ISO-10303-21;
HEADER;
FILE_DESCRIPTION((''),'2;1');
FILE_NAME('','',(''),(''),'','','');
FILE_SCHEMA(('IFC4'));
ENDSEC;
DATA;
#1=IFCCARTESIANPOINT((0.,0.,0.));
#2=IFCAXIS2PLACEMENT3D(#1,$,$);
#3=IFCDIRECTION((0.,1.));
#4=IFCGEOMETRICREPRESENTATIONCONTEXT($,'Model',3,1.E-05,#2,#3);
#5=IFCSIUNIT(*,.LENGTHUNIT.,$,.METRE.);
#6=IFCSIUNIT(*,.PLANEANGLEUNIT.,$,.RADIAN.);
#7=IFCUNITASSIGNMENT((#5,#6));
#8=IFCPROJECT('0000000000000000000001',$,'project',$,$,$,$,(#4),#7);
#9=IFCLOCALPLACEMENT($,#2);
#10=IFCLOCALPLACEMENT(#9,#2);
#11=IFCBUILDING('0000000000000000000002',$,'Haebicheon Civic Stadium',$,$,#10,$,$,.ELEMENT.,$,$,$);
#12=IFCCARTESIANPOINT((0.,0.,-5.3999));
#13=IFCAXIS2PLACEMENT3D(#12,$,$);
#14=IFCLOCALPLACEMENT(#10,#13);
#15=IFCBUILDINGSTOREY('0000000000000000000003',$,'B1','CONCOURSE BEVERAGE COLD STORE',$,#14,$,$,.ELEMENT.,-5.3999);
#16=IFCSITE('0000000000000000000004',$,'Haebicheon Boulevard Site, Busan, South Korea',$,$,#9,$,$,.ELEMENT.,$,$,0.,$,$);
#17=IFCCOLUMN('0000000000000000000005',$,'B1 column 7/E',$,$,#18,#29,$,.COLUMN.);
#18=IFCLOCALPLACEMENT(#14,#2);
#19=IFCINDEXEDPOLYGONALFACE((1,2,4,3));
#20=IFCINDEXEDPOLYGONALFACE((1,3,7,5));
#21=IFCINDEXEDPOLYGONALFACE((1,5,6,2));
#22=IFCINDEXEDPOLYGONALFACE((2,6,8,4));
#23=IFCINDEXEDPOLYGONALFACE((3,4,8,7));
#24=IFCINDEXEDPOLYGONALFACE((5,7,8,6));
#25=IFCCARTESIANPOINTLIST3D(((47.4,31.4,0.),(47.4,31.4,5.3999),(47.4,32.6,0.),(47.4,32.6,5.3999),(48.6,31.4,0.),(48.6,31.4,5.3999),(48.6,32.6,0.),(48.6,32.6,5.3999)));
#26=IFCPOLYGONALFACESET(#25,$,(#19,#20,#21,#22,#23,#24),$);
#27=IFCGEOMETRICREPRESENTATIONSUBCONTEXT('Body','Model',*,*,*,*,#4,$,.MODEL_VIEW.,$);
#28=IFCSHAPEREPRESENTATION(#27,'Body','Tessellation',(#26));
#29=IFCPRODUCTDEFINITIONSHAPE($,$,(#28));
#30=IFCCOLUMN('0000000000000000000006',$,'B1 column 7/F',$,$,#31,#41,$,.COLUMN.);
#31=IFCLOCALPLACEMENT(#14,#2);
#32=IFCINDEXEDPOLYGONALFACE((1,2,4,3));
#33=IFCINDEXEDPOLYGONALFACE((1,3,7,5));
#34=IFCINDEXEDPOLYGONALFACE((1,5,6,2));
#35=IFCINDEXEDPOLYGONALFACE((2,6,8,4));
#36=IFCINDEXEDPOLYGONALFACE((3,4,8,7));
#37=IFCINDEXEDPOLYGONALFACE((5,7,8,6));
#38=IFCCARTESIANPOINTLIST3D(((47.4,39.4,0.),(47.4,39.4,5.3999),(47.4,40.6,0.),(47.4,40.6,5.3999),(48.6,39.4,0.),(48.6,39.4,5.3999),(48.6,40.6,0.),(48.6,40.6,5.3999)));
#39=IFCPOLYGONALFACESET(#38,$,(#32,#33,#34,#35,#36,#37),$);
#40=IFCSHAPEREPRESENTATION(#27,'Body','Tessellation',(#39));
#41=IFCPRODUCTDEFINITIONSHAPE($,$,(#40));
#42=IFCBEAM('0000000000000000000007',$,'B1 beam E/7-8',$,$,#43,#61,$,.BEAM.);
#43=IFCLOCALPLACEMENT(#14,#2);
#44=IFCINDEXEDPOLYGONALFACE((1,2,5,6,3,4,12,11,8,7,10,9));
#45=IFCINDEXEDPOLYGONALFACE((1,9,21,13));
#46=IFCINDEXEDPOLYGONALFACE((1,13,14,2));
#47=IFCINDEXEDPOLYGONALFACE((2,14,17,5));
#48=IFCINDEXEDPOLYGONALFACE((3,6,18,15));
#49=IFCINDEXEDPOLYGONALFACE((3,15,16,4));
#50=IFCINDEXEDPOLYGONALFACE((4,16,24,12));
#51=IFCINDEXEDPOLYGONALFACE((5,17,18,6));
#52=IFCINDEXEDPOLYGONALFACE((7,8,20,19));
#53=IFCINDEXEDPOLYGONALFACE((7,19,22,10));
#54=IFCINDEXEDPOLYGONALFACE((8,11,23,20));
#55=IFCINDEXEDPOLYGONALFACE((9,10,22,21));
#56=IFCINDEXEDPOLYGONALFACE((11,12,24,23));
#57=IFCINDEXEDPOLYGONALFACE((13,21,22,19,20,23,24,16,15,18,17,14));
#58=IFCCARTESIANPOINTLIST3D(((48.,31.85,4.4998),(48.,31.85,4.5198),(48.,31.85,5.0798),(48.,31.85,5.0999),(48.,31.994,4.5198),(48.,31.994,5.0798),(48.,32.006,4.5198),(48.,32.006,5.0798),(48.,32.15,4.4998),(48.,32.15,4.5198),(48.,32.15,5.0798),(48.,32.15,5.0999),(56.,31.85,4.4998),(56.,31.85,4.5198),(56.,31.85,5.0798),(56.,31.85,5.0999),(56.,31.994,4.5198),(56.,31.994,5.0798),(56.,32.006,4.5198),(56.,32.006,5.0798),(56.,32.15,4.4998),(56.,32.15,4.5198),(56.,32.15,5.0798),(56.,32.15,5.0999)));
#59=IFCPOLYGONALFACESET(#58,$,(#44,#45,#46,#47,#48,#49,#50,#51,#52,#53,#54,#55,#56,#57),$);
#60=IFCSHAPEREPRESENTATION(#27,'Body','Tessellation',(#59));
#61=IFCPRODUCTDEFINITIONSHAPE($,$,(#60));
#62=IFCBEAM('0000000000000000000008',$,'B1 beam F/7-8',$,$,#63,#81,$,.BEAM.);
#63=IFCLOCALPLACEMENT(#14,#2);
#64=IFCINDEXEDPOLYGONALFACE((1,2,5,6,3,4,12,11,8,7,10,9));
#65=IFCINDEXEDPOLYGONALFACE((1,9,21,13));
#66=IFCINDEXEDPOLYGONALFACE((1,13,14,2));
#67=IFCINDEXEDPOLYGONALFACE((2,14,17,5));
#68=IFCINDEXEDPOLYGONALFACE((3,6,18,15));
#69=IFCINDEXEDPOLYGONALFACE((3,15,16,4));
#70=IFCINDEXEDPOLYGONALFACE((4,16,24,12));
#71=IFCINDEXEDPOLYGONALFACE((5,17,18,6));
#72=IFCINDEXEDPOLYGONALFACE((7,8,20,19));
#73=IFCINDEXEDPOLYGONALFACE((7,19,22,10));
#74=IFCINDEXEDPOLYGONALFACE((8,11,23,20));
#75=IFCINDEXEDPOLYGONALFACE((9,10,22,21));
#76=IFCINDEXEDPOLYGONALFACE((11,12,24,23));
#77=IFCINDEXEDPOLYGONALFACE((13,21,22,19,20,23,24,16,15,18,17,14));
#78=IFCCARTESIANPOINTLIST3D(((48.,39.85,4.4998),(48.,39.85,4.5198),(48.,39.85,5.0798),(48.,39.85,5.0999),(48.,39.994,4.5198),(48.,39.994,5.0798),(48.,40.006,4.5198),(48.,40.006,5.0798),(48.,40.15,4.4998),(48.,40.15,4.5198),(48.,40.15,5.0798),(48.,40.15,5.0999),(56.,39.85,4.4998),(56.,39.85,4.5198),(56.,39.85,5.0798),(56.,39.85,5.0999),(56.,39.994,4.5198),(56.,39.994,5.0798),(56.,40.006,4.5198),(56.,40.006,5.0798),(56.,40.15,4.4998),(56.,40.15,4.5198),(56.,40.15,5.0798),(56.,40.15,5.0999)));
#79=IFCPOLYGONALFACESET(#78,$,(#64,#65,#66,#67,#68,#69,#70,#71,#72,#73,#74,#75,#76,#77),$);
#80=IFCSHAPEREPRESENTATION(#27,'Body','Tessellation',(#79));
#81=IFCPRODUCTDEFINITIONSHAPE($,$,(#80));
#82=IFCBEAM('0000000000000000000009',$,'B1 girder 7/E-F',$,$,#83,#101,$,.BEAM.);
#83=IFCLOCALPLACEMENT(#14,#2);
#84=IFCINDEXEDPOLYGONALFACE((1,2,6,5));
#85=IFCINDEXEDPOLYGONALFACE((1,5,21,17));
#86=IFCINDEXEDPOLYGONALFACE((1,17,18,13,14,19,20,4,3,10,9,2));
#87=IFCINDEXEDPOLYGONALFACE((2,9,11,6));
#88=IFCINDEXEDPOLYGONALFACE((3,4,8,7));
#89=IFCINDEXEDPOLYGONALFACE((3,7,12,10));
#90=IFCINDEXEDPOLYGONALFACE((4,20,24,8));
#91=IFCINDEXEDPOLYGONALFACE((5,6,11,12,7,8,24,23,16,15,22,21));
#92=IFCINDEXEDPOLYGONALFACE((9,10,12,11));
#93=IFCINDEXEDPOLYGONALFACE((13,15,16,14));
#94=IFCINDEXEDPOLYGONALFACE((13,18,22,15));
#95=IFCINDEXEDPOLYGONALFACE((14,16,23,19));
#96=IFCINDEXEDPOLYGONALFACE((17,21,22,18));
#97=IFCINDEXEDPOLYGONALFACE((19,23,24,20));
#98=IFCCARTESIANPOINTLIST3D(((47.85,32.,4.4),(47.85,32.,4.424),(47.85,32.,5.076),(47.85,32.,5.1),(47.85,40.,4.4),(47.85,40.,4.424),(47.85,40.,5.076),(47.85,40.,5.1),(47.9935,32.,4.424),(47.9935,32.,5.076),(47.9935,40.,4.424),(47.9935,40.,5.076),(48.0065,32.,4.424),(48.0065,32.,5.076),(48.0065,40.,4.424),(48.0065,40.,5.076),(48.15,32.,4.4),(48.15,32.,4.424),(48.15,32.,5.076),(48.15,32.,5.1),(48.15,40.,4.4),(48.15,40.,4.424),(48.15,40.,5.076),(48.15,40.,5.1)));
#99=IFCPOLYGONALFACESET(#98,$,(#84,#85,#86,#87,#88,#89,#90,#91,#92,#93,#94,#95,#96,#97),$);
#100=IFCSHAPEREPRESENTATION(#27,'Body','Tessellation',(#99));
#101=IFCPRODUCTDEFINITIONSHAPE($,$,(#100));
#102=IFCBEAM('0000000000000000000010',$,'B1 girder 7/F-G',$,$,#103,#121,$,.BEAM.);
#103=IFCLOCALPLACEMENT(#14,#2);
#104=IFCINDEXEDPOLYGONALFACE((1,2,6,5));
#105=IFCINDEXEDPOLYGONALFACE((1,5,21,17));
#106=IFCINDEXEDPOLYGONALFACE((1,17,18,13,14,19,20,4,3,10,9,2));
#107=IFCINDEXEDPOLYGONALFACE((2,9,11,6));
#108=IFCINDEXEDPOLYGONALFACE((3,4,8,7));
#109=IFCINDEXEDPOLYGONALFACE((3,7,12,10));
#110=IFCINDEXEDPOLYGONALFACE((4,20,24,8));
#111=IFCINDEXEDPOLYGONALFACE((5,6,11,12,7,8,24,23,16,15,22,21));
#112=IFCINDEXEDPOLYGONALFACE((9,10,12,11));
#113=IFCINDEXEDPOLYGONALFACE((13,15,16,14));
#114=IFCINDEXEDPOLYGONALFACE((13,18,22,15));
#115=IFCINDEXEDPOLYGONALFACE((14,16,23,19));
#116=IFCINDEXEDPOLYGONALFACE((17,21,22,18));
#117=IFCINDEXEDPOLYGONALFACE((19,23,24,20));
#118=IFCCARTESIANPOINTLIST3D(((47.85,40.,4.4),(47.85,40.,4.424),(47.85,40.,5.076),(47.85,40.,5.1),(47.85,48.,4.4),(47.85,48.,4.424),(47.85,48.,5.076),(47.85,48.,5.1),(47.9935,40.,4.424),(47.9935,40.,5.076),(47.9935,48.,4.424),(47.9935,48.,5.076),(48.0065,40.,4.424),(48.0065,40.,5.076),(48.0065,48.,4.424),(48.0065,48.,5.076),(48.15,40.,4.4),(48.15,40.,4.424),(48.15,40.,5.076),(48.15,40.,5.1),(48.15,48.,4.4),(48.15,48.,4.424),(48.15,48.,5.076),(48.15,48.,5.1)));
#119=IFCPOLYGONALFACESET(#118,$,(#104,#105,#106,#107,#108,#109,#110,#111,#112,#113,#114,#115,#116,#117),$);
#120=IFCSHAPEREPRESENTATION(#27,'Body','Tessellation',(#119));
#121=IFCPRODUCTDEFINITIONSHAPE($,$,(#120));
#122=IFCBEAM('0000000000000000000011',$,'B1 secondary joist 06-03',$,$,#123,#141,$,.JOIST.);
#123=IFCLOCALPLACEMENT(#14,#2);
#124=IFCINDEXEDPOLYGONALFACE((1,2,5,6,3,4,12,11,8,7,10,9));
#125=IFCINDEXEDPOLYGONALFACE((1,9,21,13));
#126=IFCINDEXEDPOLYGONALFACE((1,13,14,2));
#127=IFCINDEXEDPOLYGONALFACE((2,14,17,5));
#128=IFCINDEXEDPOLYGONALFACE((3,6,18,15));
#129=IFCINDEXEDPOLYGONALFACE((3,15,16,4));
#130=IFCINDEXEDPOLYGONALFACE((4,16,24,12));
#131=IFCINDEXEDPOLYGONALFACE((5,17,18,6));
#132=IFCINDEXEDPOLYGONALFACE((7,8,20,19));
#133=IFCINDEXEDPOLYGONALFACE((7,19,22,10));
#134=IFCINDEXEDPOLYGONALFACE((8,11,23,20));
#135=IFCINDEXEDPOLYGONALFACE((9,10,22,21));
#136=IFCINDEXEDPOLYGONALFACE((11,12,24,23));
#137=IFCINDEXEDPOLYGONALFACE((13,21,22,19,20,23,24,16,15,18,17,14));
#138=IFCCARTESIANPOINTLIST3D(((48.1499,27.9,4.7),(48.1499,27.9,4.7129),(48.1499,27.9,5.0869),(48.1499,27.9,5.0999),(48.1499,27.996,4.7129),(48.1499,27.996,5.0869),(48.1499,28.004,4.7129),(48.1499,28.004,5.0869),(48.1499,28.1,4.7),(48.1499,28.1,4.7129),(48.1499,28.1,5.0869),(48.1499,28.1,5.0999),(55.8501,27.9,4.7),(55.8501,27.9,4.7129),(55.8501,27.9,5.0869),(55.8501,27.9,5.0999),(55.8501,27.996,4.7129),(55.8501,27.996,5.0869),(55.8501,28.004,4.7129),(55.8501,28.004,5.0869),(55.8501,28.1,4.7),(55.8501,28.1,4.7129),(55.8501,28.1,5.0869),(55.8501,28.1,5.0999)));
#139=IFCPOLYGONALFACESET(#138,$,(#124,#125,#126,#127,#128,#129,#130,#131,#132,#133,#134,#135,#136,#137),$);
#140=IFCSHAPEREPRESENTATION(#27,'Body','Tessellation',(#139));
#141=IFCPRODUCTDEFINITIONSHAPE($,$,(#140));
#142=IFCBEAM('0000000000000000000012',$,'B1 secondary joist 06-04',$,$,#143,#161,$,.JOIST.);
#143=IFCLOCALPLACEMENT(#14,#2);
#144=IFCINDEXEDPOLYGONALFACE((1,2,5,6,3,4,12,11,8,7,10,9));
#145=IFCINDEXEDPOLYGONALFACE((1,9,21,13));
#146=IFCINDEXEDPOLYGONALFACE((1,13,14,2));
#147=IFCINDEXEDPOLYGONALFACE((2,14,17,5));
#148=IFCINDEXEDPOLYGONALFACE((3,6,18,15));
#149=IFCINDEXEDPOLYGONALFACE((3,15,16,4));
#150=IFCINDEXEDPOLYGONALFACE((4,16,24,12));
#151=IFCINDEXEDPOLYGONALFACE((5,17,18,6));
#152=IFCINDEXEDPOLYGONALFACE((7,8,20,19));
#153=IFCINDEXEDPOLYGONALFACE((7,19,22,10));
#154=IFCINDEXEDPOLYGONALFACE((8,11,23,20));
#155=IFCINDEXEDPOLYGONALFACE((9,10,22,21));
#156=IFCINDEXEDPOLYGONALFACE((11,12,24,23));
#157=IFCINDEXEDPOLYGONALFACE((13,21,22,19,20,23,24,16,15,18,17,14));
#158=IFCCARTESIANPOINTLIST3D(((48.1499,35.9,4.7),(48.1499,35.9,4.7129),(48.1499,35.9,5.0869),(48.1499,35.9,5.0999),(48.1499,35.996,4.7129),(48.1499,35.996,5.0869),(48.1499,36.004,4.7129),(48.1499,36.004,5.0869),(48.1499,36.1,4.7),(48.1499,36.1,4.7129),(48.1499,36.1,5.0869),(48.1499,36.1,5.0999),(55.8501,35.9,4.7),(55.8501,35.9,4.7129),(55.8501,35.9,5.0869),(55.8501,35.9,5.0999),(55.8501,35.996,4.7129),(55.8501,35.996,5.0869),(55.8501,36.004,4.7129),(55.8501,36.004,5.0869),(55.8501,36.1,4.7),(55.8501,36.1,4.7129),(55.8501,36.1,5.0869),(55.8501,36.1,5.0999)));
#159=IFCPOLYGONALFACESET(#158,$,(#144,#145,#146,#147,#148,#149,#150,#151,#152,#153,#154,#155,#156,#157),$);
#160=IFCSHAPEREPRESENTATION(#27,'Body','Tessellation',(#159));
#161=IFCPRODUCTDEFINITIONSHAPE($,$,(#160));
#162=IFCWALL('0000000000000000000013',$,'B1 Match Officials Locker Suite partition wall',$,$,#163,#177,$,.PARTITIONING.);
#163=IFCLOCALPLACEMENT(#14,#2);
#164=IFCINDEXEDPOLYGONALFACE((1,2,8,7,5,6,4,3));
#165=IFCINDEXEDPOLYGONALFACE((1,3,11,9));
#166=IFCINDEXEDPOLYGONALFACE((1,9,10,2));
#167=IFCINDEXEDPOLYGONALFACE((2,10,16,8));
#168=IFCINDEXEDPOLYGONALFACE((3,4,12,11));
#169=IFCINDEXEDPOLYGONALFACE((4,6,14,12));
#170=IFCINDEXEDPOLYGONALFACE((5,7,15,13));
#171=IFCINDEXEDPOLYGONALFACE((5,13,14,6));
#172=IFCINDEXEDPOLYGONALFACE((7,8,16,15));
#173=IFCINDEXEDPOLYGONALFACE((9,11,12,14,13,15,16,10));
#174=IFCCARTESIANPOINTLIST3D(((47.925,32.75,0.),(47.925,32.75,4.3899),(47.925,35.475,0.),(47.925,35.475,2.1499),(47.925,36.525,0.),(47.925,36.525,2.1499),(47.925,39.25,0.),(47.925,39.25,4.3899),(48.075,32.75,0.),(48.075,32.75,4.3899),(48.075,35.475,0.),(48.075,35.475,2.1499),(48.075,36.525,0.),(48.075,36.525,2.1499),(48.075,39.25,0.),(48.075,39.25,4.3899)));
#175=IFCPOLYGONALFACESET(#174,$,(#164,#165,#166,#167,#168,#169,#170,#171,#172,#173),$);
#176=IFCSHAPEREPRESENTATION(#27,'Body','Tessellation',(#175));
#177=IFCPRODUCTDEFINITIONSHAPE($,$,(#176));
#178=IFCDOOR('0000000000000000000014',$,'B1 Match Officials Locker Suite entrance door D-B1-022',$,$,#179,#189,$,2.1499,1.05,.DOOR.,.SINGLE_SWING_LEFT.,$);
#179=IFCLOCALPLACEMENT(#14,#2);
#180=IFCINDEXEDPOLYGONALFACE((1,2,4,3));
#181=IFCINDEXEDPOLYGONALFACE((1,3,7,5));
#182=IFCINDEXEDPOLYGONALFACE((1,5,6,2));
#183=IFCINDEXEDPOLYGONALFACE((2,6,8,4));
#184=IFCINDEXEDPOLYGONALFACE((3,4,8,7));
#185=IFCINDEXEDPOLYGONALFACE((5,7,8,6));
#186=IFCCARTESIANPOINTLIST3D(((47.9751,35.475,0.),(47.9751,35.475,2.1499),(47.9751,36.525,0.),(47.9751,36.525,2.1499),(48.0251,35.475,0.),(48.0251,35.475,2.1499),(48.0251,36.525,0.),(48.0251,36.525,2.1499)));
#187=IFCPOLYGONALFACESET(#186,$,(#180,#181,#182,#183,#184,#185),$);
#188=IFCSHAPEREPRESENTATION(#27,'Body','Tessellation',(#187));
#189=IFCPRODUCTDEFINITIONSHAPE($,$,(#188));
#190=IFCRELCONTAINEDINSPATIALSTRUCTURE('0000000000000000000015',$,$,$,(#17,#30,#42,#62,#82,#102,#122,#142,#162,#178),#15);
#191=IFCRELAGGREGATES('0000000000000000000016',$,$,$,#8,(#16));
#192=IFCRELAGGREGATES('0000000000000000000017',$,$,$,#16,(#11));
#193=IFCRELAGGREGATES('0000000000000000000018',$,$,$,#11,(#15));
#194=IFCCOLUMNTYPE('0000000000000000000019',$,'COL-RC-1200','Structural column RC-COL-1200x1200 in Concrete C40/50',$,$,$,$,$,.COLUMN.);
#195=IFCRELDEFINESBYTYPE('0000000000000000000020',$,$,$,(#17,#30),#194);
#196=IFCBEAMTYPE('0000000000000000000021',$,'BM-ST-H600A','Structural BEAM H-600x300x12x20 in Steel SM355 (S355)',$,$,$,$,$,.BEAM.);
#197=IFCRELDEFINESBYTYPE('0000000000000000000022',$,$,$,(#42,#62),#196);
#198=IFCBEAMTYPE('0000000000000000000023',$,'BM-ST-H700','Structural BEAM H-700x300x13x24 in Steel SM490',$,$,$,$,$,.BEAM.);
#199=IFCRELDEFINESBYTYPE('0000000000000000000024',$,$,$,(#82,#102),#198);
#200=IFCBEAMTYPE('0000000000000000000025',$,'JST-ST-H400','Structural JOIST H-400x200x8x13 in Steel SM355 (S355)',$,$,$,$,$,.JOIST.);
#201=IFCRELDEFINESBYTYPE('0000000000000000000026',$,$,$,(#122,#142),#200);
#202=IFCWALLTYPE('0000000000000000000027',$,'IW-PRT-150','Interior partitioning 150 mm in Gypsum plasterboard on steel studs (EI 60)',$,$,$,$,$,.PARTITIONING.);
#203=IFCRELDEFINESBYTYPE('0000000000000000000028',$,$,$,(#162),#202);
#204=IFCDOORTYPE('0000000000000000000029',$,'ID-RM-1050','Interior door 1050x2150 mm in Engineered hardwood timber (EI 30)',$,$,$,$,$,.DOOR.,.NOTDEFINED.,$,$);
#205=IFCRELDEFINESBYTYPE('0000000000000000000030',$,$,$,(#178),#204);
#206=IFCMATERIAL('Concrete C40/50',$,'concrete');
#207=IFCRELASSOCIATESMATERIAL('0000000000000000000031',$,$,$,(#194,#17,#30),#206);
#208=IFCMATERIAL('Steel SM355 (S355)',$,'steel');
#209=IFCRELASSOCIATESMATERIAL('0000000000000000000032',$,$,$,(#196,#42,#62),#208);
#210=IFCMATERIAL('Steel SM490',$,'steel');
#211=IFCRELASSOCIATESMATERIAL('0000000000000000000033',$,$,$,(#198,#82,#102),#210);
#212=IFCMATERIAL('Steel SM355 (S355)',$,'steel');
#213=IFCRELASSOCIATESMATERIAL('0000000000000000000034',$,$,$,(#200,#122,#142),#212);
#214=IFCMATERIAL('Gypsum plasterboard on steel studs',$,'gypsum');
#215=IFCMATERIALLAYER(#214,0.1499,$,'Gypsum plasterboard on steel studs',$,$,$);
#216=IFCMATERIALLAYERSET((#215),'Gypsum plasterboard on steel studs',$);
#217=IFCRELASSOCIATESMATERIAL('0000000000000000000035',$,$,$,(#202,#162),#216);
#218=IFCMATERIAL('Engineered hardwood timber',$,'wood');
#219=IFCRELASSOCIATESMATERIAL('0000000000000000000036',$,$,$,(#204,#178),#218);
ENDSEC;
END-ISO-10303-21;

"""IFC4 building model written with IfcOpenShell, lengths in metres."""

from ifc_helpers import new_model, si_unit, direction, frame, frame_2d, origin, origin_2d, place, context, subcontext, project, spatial, rectangle, i_section, extrude, material, layer, layer_set, material_profile, profile_set, type_object, element, fill, save


model = new_model("IFC4")

# Units and contexts
model_context = context("Model", 3, precision=1e-05, world=origin(), true_north=direction((0.0, 1.0)))
body_context = subcontext(model_context, "Body", "Model", "MODEL_VIEW")
ifc_project = project(units=[si_unit("LENGTHUNIT", "METRE"), si_unit("PLANEANGLEUNIT", "RADIAN")], contexts=[model_context])

# Site, building, storey
site_placement = place(None, origin())
site = spatial("IfcSite", under=ifc_project, at=site_placement, Name="Haebicheon Boulevard Site, Busan, South Korea", CompositionType="ELEMENT", RefElevation=0.0)
building_placement = place(site_placement, origin())
building = spatial("IfcBuilding", under=site, at=building_placement, Name="Haebicheon Civic Stadium", CompositionType="ELEMENT")
storey_placement = place(building_placement, frame((0.0, 0.0, -5.3999)))
storey = spatial("IfcBuildingStorey", under=building, at=storey_placement, Name="B1", Description="CONCOURSE BEVERAGE COLD STORE", CompositionType="ELEMENT", Elevation=-5.3999)

# Columns
ifc_material_1 = material(Name="Concrete C40/50", Category="concrete")
ifc_material_profile_1 = material_profile(ifc_material_1, rectangle(XDim=1.2, YDim=1.2, at=origin_2d()), Name="RC-COL-1200x1200")
ifc_profile_set_1 = profile_set([ifc_material_profile_1], Name="Concrete C40/50")
column_type = type_object("IfcColumnType", Name="COL-RC-1200", Description="Structural column RC-COL-1200x1200 in Concrete C40/50", PredefinedType="COLUMN", material=ifc_profile_set_1)
for number, where, z_axis, x_axis, name in (
    (1, (48.0, 32.0, 0.0), (0.0, 0.0, 1.0), (1.0, 0.0, 0.0), "B1 column 7/E"),
    (2, (48.0, 40.0, 0.0), (0.0, 0.0, 1.0), (1.0, 0.0, 0.0), "B1 column 7/F"),
):
    element("IfcColumn", number, at=place(storey_placement, frame(where, z_axis=z_axis, x_axis=x_axis)), inside=storey, type_object=column_type, material=ifc_profile_set_1, Name=name, PredefinedType="COLUMN", context=body_context, shape_type="SweptSolid", body=[
        extrude(rectangle(XDim=1.2, YDim=1.2, at=origin_2d()), origin(), (0.0, 0.0, 1.0), 5.3999),
    ])

# Beams
ifc_material_2 = material(Name="Steel SM355 (S355)", Category="steel")
ifc_material_profile_2 = material_profile(ifc_material_2, i_section(OverallWidth=0.3, OverallDepth=0.6001, WebThickness=0.012, FlangeThickness=0.02, at=origin_2d()), Name="H-600x300x12x20")
ifc_profile_set_2 = profile_set([ifc_material_profile_2], Name="Steel SM355 (S355)")
beam_type_1 = type_object("IfcBeamType", Name="BM-ST-H600A", Description="Structural BEAM H-600x300x12x20 in Steel SM355 (S355)", PredefinedType="BEAM", material=ifc_profile_set_2)
for number, where, z_axis, x_axis, name in (
    (3, (48.0, 32.0, 4.7998), (1.0, 0.0, 0.0), (0.0, 1.0, 0.0), "B1 beam E/7-8"),
    (4, (48.0, 40.0, 4.7998), (1.0, 0.0, 0.0), (0.0, 1.0, 0.0), "B1 beam F/7-8"),
):
    element("IfcBeam", number, at=place(storey_placement, frame(where, z_axis=z_axis, x_axis=x_axis)), inside=storey, type_object=beam_type_1, material=ifc_profile_set_2, Name=name, PredefinedType="BEAM", context=body_context, shape_type="SweptSolid", body=[
        extrude(i_section(OverallWidth=0.3, OverallDepth=0.6001, WebThickness=0.012, FlangeThickness=0.02, at=origin_2d()), origin(), (0.0, 0.0, 1.0), 8.0),
    ])
ifc_material_3 = material(Name="Steel SM490", Category="steel")
ifc_material_profile_3 = material_profile(ifc_material_3, i_section(OverallWidth=0.3, OverallDepth=0.7, WebThickness=0.0129, FlangeThickness=0.0239, at=origin_2d()), Name="H-700x300x13x24")
ifc_profile_set_3 = profile_set([ifc_material_profile_3], Name="Steel SM490")
beam_type_2 = type_object("IfcBeamType", Name="BM-ST-H700", Description="Structural BEAM H-700x300x13x24 in Steel SM490", PredefinedType="BEAM", material=ifc_profile_set_3)
for number, where, z_axis, x_axis, name in (
    (5, (48.0, 32.0, 4.75), (0.0, 1.0, 0.0), (-1.0, 0.0, 0.0), "B1 girder 7/E-F"),
    (6, (48.0, 40.0, 4.75), (0.0, 1.0, 0.0), (-1.0, 0.0, 0.0), "B1 girder 7/F-G"),
):
    element("IfcBeam", number, at=place(storey_placement, frame(where, z_axis=z_axis, x_axis=x_axis)), inside=storey, type_object=beam_type_2, material=ifc_profile_set_3, Name=name, PredefinedType="BEAM", context=body_context, shape_type="SweptSolid", body=[
        extrude(i_section(OverallWidth=0.3, OverallDepth=0.7, WebThickness=0.0129, FlangeThickness=0.0239, at=origin_2d()), origin(), (0.0, 0.0, 1.0), 8.0),
    ])
ifc_material_4 = material(Name="Steel SM355 (S355)", Category="steel")
ifc_material_profile_4 = material_profile(ifc_material_4, i_section(OverallWidth=0.2, OverallDepth=0.3999, WebThickness=0.0081, FlangeThickness=0.0129, at=origin_2d()), Name="H-400x200x8x13")
ifc_profile_set_4 = profile_set([ifc_material_profile_4], Name="Steel SM355 (S355)")
beam_type_3 = type_object("IfcBeamType", Name="JST-ST-H400", Description="Structural JOIST H-400x200x8x13 in Steel SM355 (S355)", PredefinedType="JOIST", material=ifc_profile_set_4)
for number, where, z_axis, x_axis, name in (
    (7, (48.1499, 28.0, 4.8999), (1.0, 0.0, 0.0), (0.0, 1.0, 0.0), "B1 secondary joist 06-03"),
    (8, (48.1499, 36.0, 4.8999), (1.0, 0.0, 0.0), (0.0, 1.0, 0.0), "B1 secondary joist 06-04"),
):
    element("IfcBeam", number, at=place(storey_placement, frame(where, z_axis=z_axis, x_axis=x_axis)), inside=storey, type_object=beam_type_3, material=ifc_profile_set_4, Name=name, PredefinedType="JOIST", context=body_context, shape_type="SweptSolid", body=[
        extrude(i_section(OverallWidth=0.2, OverallDepth=0.3999, WebThickness=0.0081, FlangeThickness=0.0129, at=origin_2d()), origin(), (0.0, 0.0, 1.0), 7.7002),
    ])

# Wall, opening, door
ifc_material_5 = material(Name="Gypsum plasterboard on steel studs", Category="gypsum")
ifc_layer_1 = layer(ifc_material_5, 0.1499, Name="Gypsum plasterboard on steel studs")
ifc_layer_set_1 = layer_set([ifc_layer_1], Name="Gypsum plasterboard on steel studs")
wall_type = type_object("IfcWallType", Name="IW-PRT-150", Description="Interior partitioning 150 mm in Gypsum plasterboard on steel studs (EI 60)", PredefinedType="PARTITIONING", material=ifc_layer_set_1)
wall_placement = place(storey_placement, frame((48.0, 32.75, 0.0), z_axis=(0.0, 0.0, 1.0), x_axis=(0.0, 1.0, 0.0)))
wall = element("IfcWall", 9, at=wall_placement, inside=storey, type_object=wall_type, material=ifc_layer_set_1, Name="B1 Match Officials Locker Suite partition wall", PredefinedType="PARTITIONING", context=body_context, shape_type="SweptSolid", body=[
    extrude(rectangle(XDim=6.5, YDim=0.1499, at=frame_2d((3.25, 0.0))), origin(), (0.0, 0.0, 1.0), 4.3899),
])
opening_placement = place(wall_placement, frame((2.7251, 0.0, 0.0)))
opening = element("IfcOpeningElement", 10, at=opening_placement, cuts=wall, PredefinedType="OPENING", context=body_context, shape_type="SweptSolid", body=[
    extrude(rectangle(XDim=1.05, YDim=2.1499, at=frame_2d((0.5249, 1.075))), frame((0.0, 0.085, 0.0), z_axis=(0.0, -1.0, 0.0), x_axis=(1.0, 0.0, 0.0)), (0.0, 0.0, 1.0), 0.1699),
])
ifc_material_6 = material(Name="Engineered hardwood timber", Category="wood")
door_type = type_object("IfcDoorType", Name="ID-RM-1050", Description="Interior door 1050x2150 mm in Engineered hardwood timber (EI 30)", OperationType="NOTDEFINED", PredefinedType="DOOR", material=ifc_material_6)
door_placement = place(opening_placement, origin())
door = element("IfcDoor", 11, at=door_placement, inside=storey, type_object=door_type, material=ifc_material_6, Name="B1 Match Officials Locker Suite entrance door D-B1-022", OperationType="SINGLE_SWING_LEFT", OverallHeight=2.1499, OverallWidth=1.05, PredefinedType="DOOR", context=body_context, shape_type="SweptSolid", body=[
    extrude(rectangle(XDim=1.05, YDim=2.1499, at=frame_2d((0.5249, 1.075))), frame((0.0, 0.0249, 0.0), z_axis=(0.0, -1.0, 0.0), x_axis=(1.0, 0.0, 0.0)), (0.0, 0.0, 1.0), 0.05),
])
fill(opening, door)

save(model, "model.ifc")
